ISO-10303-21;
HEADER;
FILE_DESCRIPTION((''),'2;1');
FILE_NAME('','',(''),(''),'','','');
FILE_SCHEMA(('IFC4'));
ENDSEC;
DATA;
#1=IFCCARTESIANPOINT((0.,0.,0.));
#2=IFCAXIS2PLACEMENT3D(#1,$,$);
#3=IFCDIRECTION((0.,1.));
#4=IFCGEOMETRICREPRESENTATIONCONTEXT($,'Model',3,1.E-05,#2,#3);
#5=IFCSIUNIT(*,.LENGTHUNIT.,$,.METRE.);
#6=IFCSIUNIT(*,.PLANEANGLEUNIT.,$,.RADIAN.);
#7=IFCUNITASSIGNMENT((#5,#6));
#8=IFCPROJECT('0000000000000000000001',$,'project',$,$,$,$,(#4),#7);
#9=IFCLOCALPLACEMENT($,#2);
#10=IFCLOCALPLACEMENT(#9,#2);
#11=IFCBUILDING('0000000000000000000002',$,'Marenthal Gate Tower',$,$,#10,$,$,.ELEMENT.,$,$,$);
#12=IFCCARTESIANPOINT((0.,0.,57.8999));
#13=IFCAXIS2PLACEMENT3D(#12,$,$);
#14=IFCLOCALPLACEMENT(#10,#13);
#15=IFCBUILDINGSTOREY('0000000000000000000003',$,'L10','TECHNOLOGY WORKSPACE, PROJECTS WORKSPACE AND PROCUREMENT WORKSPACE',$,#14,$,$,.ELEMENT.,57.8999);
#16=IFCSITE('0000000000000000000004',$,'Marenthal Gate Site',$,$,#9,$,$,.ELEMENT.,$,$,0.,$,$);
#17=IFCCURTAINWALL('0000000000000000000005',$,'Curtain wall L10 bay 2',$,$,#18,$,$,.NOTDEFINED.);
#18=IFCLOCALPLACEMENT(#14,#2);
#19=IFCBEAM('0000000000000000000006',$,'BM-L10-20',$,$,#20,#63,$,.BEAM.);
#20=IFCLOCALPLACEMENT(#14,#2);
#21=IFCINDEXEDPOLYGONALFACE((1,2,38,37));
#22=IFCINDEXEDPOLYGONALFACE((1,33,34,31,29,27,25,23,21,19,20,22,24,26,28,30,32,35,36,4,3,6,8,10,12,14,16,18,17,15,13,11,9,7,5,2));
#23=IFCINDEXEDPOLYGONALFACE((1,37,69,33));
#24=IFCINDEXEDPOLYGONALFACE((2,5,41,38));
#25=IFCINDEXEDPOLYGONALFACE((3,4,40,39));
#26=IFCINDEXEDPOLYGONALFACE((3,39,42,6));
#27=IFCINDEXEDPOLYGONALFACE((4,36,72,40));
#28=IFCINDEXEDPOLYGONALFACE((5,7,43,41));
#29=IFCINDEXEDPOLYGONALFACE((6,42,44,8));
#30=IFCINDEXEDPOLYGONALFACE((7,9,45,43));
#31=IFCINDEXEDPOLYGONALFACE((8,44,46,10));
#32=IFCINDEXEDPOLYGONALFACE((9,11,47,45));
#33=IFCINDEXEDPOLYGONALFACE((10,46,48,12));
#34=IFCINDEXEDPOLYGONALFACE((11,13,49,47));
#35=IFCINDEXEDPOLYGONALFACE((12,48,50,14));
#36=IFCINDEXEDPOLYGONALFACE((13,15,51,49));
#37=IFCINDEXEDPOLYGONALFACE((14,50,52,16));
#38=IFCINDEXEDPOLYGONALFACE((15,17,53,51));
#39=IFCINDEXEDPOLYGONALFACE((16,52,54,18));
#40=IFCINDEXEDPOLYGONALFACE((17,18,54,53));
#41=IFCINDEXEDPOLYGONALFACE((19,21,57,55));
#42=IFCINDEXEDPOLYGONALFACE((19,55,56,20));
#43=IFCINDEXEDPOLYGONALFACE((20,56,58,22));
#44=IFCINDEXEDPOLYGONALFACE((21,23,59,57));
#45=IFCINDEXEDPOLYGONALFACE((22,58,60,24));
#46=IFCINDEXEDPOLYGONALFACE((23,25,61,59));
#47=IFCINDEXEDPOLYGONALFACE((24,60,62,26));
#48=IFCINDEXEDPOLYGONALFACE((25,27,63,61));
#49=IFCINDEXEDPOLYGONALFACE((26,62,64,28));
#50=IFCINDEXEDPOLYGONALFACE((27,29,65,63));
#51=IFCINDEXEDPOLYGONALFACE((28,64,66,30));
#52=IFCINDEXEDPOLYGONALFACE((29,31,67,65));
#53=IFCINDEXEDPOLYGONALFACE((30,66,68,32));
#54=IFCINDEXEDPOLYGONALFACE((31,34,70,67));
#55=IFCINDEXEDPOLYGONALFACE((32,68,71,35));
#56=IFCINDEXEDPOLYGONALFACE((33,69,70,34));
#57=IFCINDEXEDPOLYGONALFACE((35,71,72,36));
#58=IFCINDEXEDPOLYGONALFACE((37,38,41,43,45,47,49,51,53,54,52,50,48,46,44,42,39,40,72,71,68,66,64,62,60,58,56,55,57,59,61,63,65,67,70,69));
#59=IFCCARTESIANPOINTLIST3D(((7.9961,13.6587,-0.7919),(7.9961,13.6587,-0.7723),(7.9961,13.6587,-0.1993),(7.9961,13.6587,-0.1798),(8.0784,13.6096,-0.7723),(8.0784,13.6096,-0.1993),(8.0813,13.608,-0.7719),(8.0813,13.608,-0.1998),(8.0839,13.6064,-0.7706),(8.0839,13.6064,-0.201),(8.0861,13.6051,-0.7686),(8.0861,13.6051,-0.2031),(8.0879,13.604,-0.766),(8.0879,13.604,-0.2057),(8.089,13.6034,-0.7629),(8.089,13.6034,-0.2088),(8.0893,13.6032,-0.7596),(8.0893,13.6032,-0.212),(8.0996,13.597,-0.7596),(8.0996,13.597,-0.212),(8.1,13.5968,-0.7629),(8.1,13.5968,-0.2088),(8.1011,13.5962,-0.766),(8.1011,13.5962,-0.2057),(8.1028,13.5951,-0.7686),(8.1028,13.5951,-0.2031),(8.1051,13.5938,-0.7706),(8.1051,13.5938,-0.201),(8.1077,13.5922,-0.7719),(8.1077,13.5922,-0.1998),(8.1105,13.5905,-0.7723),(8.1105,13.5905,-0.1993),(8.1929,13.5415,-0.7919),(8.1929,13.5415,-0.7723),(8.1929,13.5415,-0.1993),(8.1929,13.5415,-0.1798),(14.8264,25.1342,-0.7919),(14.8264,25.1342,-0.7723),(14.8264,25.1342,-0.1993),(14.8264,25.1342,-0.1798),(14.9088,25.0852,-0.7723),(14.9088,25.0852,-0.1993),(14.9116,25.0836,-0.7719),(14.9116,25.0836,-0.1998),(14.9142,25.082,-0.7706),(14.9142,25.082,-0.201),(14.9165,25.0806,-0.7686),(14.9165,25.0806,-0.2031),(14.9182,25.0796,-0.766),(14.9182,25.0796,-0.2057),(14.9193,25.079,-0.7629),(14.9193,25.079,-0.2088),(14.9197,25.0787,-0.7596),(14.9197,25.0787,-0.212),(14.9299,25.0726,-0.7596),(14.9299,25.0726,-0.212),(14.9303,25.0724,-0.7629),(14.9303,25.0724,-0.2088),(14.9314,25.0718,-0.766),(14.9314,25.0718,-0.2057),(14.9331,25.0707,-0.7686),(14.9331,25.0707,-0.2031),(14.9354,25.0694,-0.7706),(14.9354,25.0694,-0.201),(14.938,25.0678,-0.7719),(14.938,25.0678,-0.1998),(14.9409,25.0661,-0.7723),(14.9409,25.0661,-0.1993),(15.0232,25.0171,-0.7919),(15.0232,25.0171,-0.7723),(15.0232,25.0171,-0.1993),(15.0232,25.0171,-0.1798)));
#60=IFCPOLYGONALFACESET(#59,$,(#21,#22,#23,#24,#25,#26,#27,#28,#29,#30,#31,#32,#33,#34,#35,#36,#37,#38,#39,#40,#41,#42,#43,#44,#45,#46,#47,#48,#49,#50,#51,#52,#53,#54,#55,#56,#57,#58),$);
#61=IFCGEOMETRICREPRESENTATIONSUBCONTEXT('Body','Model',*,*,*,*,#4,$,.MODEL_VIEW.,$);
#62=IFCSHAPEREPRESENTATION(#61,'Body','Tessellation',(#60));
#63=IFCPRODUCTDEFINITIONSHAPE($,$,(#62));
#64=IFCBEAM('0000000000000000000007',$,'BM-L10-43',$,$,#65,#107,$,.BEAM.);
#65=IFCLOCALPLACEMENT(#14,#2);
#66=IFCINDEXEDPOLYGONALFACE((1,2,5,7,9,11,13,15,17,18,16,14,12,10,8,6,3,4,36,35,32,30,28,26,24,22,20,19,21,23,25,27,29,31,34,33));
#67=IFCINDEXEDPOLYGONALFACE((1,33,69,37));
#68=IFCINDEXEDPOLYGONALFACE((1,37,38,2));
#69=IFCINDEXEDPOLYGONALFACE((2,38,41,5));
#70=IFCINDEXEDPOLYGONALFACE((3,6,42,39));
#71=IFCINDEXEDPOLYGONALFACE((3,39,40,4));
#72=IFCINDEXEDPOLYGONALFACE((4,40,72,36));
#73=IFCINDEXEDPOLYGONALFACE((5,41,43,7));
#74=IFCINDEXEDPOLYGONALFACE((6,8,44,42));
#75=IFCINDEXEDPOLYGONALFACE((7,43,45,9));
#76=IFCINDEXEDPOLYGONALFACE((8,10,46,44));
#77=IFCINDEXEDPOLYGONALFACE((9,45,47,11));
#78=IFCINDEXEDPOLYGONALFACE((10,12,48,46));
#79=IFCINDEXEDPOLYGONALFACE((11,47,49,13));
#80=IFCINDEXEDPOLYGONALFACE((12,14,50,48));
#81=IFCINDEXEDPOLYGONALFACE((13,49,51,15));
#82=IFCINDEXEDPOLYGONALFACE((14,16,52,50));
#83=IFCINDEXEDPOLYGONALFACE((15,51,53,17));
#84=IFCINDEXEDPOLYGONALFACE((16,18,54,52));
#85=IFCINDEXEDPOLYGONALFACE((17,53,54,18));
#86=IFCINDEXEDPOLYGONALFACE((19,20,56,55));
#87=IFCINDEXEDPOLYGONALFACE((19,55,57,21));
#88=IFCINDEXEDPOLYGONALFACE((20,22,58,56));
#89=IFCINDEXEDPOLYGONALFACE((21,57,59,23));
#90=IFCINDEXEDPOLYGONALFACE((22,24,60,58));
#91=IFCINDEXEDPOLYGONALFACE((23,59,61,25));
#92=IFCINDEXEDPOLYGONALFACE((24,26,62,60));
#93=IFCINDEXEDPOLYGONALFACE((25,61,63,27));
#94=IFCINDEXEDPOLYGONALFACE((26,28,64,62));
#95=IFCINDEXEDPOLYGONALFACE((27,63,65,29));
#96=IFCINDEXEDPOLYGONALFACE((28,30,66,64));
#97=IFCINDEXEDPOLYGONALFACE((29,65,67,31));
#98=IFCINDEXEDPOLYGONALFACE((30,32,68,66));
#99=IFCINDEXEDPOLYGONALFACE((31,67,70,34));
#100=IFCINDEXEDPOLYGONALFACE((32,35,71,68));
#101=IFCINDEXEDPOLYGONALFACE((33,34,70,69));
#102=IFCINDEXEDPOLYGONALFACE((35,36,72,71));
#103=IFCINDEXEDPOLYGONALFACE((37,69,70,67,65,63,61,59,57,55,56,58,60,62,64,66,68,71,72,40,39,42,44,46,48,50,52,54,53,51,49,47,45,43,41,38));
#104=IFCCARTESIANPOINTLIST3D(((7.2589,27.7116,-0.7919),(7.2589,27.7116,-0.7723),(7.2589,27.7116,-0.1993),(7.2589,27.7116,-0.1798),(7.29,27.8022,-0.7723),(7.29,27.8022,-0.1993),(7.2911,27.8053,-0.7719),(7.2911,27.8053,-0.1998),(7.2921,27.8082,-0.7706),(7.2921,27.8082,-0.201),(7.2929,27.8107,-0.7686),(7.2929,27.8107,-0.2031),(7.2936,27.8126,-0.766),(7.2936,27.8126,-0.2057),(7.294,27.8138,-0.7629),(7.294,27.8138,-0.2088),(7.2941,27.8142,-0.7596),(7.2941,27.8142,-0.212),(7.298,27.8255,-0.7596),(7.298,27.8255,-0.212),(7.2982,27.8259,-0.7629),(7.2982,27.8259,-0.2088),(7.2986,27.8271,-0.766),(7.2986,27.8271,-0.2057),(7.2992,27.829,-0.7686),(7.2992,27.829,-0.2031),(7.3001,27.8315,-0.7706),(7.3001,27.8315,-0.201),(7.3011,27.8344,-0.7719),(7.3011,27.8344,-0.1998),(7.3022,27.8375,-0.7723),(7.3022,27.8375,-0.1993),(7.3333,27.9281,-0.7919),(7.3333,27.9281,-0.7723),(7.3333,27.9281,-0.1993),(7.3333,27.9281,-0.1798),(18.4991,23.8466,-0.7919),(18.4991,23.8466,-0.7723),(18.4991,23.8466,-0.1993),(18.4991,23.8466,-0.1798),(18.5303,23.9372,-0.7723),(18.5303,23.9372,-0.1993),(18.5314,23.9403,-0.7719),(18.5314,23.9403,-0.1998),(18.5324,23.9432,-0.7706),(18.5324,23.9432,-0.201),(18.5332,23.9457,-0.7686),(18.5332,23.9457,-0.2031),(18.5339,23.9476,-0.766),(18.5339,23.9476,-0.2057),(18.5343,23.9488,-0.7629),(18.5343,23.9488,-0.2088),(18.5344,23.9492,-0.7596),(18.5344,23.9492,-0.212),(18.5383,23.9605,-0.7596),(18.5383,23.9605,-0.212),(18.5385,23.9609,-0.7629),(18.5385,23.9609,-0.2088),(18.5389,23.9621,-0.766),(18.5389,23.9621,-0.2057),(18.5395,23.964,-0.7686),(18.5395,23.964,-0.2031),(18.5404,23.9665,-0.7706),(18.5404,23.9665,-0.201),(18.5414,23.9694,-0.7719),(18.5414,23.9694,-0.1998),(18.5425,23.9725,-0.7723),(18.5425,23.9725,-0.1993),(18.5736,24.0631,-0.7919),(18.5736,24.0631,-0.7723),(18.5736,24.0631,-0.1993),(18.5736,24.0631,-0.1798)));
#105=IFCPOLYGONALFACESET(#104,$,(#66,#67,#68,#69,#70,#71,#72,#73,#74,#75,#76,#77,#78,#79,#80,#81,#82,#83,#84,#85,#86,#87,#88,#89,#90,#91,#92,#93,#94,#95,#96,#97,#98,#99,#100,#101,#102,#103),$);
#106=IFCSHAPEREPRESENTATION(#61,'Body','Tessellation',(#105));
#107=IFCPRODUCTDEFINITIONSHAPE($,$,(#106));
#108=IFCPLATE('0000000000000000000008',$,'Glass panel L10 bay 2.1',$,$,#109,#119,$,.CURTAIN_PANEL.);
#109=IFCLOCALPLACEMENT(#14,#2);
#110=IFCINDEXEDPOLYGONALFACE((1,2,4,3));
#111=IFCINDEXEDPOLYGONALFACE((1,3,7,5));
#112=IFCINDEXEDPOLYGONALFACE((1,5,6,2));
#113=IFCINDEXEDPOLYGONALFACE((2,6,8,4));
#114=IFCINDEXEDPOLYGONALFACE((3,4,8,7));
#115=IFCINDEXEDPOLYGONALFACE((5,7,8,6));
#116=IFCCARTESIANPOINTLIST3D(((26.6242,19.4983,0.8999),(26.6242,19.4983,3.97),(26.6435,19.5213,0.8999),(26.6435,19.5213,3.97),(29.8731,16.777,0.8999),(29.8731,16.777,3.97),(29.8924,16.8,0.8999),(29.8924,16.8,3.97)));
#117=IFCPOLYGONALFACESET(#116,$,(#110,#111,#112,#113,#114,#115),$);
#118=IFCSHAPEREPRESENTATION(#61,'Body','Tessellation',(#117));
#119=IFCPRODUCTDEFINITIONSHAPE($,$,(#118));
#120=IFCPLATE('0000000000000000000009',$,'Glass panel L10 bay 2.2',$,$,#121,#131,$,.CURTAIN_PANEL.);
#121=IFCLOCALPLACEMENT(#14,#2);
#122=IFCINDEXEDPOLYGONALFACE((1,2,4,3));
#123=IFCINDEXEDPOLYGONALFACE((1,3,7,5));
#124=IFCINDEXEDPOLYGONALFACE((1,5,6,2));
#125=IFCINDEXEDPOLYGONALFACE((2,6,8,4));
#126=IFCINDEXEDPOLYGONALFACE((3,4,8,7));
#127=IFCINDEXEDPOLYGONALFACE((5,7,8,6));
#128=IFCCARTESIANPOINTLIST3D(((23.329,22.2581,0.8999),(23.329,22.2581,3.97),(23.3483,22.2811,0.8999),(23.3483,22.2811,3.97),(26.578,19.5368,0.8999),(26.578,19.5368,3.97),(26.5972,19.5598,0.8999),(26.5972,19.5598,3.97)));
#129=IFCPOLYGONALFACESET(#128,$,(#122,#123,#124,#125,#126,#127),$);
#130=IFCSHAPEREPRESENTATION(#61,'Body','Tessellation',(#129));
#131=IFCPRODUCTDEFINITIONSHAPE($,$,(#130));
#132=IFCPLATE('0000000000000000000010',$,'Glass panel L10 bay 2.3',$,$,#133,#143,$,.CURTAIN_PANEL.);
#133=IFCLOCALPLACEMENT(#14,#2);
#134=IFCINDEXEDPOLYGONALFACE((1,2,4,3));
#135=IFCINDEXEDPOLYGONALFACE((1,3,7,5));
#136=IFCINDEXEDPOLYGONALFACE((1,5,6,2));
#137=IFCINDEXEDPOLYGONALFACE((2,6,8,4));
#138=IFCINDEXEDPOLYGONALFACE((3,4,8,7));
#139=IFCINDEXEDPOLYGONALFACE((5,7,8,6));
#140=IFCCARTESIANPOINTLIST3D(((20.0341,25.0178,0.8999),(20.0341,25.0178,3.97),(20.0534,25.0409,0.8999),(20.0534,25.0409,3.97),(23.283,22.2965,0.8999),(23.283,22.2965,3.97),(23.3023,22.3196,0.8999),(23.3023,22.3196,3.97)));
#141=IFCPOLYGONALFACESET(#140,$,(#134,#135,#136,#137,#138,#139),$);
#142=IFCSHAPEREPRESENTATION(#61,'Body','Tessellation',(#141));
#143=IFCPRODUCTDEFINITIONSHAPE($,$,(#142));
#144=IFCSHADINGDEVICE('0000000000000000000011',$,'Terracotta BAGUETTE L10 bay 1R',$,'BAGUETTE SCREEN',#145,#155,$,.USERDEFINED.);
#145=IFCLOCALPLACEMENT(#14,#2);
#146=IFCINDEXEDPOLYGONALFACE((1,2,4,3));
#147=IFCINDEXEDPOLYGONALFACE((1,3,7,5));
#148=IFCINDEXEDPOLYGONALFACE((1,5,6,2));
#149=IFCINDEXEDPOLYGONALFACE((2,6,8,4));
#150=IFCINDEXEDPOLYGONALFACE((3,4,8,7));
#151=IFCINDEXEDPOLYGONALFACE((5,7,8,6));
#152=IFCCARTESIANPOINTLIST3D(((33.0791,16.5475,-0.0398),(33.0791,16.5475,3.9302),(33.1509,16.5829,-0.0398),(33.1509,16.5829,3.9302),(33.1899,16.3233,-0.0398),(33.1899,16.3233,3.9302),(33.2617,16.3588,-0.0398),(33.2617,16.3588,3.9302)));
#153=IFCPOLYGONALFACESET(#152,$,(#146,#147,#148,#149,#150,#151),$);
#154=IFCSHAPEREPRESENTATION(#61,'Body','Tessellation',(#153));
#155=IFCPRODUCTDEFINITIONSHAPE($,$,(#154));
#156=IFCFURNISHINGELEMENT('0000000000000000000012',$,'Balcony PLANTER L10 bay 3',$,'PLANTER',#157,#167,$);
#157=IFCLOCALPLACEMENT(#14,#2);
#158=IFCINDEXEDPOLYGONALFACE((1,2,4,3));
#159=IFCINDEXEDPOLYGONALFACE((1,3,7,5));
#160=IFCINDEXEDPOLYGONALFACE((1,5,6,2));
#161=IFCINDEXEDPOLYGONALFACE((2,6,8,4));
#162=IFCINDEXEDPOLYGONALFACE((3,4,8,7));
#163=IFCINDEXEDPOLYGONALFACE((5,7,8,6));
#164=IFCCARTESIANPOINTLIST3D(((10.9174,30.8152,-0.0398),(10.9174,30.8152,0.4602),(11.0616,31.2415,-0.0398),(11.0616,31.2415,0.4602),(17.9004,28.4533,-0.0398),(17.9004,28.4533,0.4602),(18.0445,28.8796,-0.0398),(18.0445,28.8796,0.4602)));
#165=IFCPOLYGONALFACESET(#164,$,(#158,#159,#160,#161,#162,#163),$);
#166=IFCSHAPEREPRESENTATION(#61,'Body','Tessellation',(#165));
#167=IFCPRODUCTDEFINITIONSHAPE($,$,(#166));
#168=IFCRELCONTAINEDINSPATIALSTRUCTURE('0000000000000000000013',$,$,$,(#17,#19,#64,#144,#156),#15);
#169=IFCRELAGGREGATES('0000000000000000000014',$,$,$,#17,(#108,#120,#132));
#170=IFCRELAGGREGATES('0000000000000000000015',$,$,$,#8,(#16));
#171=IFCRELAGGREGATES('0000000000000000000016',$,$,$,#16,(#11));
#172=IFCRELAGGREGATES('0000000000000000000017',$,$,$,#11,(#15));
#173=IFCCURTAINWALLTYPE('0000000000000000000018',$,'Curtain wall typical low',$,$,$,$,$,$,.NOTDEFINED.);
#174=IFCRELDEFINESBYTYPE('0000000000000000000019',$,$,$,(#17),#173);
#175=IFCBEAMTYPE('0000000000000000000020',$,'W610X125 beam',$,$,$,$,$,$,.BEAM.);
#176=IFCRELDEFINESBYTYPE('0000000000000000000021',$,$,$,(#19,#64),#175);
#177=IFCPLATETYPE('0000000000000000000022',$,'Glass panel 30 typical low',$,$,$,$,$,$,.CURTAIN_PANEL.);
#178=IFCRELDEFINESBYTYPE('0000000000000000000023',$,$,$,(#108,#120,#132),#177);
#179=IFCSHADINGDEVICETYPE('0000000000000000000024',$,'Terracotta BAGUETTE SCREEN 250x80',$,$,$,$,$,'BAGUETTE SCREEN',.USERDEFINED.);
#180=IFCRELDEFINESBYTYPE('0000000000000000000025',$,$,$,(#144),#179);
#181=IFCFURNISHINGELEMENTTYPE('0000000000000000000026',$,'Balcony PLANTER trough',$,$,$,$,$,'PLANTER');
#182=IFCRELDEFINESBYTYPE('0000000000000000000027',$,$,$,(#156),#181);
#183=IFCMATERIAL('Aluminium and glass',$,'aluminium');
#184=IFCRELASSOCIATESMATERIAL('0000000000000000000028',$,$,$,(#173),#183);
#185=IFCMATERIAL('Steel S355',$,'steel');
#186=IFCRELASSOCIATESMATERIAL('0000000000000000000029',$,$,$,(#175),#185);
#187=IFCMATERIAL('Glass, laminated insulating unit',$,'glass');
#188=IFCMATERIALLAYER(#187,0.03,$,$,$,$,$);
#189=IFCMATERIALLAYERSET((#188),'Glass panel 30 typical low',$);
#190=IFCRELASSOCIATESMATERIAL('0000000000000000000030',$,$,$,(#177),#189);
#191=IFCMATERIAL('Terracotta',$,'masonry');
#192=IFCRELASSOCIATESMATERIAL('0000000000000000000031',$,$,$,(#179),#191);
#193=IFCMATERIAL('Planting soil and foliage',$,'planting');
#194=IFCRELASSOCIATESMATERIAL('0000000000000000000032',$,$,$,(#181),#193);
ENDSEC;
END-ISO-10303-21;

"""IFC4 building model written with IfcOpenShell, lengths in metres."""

from ifc_helpers import new_model, si_unit, direction, frame, origin, origin_2d, place, context, subcontext, project, spatial, rectangle, i_section, extrude, material, layer, layer_set, material_profile, profile_set, type_object, element, aggregate, save


model = new_model("IFC4")

# Units and contexts
model_context = context("Model", 3, precision=1e-05, world=origin(), true_north=direction((0.0, 1.0)))
body_context = subcontext(model_context, "Body", "Model", "MODEL_VIEW")
ifc_project = project(units=[si_unit("LENGTHUNIT", "METRE"), si_unit("PLANEANGLEUNIT", "RADIAN")], contexts=[model_context])

# Site, building, storey
site_placement = place(None, origin())
site = spatial("IfcSite", under=ifc_project, at=site_placement, Name="Marenthal Gate Site", CompositionType="ELEMENT", RefElevation=0.0)
building_placement = place(site_placement, origin())
building = spatial("IfcBuilding", under=site, at=building_placement, Name="Marenthal Gate Tower", CompositionType="ELEMENT")
storey_placement = place(building_placement, frame((0.0, 0.0, 57.8999)))
storey = spatial("IfcBuildingStorey", under=building, at=storey_placement, Name="L10", Description="TECHNOLOGY WORKSPACE, PROJECTS WORKSPACE AND PROCUREMENT WORKSPACE", CompositionType="ELEMENT", Elevation=57.8999)

# Curtain wall
ifc_material_1 = material(Name="Aluminium and glass", Category="aluminium")
curtain_wall_type = type_object("IfcCurtainWallType", Name="Curtain wall typical low", PredefinedType="NOTDEFINED", material=ifc_material_1)
curtain_wall_placement = place(storey_placement, origin())
curtain_wall = element("IfcCurtainWall", 1, at=curtain_wall_placement, inside=storey, type_object=curtain_wall_type, Name="Curtain wall L10 bay 2", PredefinedType="NOTDEFINED")

# Beams
ifc_material_2 = material(Name="Steel S355", Category="steel")
ifc_material_profile_1 = material_profile(ifc_material_2, i_section(OverallWidth=0.229, OverallDepth=0.6121, WebThickness=0.012, FlangeThickness=0.0195, FilletRadius=0.0127, at=origin_2d()), Name="W610X125")
ifc_profile_set_1 = profile_set([ifc_material_profile_1], Name="Steel S355")
beam_type_1 = type_object("IfcBeamType", Name="W610X125 beam", PredefinedType="BEAM", material=ifc_profile_set_1)
beam_1_placement = place(storey_placement, frame((14.9248, 25.0757, -0.4858), z_axis=(-0.511463, -0.859306, 0.0), x_axis=(0.859306, -0.511463, 0.0)))
element("IfcBeam", 2, at=beam_1_placement, inside=storey, type_object=beam_type_1, Name="BM-L10-20", PredefinedType="BEAM", context=body_context, shape_type="SweptSolid", body=[
    extrude(i_section(OverallWidth=0.229, OverallDepth=0.6121, WebThickness=0.012, FlangeThickness=0.0195, FilletRadius=0.0127, at=origin_2d()), origin(), (0.0, 0.0, 1.0), 13.3545),
])
beam_2_placement = place(storey_placement, frame((18.5364, 23.9548, -0.4858), z_axis=(-0.945657, 0.325167, 0.0), x_axis=(-0.325167, -0.945657, 0.0)))
element("IfcBeam", 3, at=beam_2_placement, inside=storey, type_object=beam_type_1, Name="BM-L10-43", PredefinedType="BEAM", context=body_context, shape_type="SweptSolid", body=[
    extrude(i_section(OverallWidth=0.229, OverallDepth=0.6121, WebThickness=0.012, FlangeThickness=0.0195, FilletRadius=0.0127, at=origin_2d()), origin(), (0.0, 0.0, 1.0), 11.8862),
])

# Plates
ifc_material_3 = material(Name="Glass, laminated insulating unit", Category="glass")
ifc_layer_1 = layer(ifc_material_3, 0.03)
ifc_layer_set_1 = layer_set([ifc_layer_1], Name="Glass panel 30 typical low")
plate_type = type_object("IfcPlateType", Name="Glass panel 30 typical low", PredefinedType="CURTAIN_PANEL", material=ifc_layer_set_1)
plate_1_placement = place(storey_placement, frame((28.2583, 18.1492, 0.8999), z_axis=(0.0, 0.0, 1.0), x_axis=(-0.766611, 0.642112, 0.0)))
plate_1 = element("IfcPlate", 4, at=plate_1_placement, type_object=plate_type, Name="Glass panel L10 bay 2.1", PredefinedType="CURTAIN_PANEL", context=body_context, shape_type="SweptSolid", body=[
    extrude(rectangle(XDim=4.238, YDim=0.03, at=origin_2d()), origin(), (0.0, 0.0, 1.0), 3.0701),
])
plate_2_placement = place(storey_placement, frame((24.9631, 20.9089, 0.8999), z_axis=(0.0, 0.0, 1.0), x_axis=(-0.766611, 0.642112, 0.0)))
plate_2 = element("IfcPlate", 5, at=plate_2_placement, type_object=plate_type, Name="Glass panel L10 bay 2.2", PredefinedType="CURTAIN_PANEL", context=body_context, shape_type="SweptSolid", body=[
    extrude(rectangle(XDim=4.238, YDim=0.03, at=origin_2d()), origin(), (0.0, 0.0, 1.0), 3.0701),
])
plate_3_placement = place(storey_placement, frame((21.6682, 23.6687, 0.8999), z_axis=(0.0, 0.0, 1.0), x_axis=(-0.766611, 0.642112, 0.0)))
plate_3 = element("IfcPlate", 6, at=plate_3_placement, type_object=plate_type, Name="Glass panel L10 bay 2.3", PredefinedType="CURTAIN_PANEL", context=body_context, shape_type="SweptSolid", body=[
    extrude(rectangle(XDim=4.238, YDim=0.03, at=origin_2d()), origin(), (0.0, 0.0, 1.0), 3.0701),
])
aggregate(curtain_wall, [plate_1, plate_2, plate_3])

# Shading device
ifc_material_4 = material(Name="Terracotta", Category="masonry")
ifc_material_profile_2 = material_profile(ifc_material_4, rectangle(XDim=0.25, YDim=0.0801, at=origin_2d()), Name="Terracotta baguette 250x80")
ifc_profile_set_2 = profile_set([ifc_material_profile_2], Name="Terracotta")
shading_device_type = type_object("IfcShadingDeviceType", Name="Terracotta BAGUETTE SCREEN 250x80", ElementType="BAGUETTE SCREEN", PredefinedType="USERDEFINED", material=ifc_profile_set_2)
shading_device_placement = place(storey_placement, frame((33.1704, 16.4531, -0.0398), z_axis=(0.0, 0.0, 1.0), x_axis=(-0.442993, 0.896525, 0.0)))
element("IfcShadingDevice", 7, at=shading_device_placement, inside=storey, type_object=shading_device_type, Name="Terracotta BAGUETTE L10 bay 1R", ObjectType="BAGUETTE SCREEN", PredefinedType="USERDEFINED", context=body_context, shape_type="SweptSolid", body=[
    extrude(rectangle(XDim=0.25, YDim=0.0801, at=origin_2d()), origin(), (0.0, 0.0, 1.0), 3.97),
])

# Furnishing element
ifc_material_5 = material(Name="Planting soil and foliage", Category="planting")
furnishing_element_type = type_object("IfcFurnishingElementType", Name="Balcony PLANTER trough", ElementType="PLANTER", material=ifc_material_5)
furnishing_placement = place(storey_placement, frame((14.481, 29.8474, -0.0398), z_axis=(0.0, 0.0, 1.0), x_axis=(-0.94728, 0.320406, 0.0)))
element("IfcFurnishingElement", 8, at=furnishing_placement, inside=storey, type_object=furnishing_element_type, Name="Balcony PLANTER L10 bay 3", ObjectType="PLANTER", context=body_context, shape_type="SweptSolid", body=[
    extrude(rectangle(XDim=7.3716, YDim=0.45, at=origin_2d()), origin(), (0.0, 0.0, 1.0), 0.5),
])

save(model, "model.ifc")
